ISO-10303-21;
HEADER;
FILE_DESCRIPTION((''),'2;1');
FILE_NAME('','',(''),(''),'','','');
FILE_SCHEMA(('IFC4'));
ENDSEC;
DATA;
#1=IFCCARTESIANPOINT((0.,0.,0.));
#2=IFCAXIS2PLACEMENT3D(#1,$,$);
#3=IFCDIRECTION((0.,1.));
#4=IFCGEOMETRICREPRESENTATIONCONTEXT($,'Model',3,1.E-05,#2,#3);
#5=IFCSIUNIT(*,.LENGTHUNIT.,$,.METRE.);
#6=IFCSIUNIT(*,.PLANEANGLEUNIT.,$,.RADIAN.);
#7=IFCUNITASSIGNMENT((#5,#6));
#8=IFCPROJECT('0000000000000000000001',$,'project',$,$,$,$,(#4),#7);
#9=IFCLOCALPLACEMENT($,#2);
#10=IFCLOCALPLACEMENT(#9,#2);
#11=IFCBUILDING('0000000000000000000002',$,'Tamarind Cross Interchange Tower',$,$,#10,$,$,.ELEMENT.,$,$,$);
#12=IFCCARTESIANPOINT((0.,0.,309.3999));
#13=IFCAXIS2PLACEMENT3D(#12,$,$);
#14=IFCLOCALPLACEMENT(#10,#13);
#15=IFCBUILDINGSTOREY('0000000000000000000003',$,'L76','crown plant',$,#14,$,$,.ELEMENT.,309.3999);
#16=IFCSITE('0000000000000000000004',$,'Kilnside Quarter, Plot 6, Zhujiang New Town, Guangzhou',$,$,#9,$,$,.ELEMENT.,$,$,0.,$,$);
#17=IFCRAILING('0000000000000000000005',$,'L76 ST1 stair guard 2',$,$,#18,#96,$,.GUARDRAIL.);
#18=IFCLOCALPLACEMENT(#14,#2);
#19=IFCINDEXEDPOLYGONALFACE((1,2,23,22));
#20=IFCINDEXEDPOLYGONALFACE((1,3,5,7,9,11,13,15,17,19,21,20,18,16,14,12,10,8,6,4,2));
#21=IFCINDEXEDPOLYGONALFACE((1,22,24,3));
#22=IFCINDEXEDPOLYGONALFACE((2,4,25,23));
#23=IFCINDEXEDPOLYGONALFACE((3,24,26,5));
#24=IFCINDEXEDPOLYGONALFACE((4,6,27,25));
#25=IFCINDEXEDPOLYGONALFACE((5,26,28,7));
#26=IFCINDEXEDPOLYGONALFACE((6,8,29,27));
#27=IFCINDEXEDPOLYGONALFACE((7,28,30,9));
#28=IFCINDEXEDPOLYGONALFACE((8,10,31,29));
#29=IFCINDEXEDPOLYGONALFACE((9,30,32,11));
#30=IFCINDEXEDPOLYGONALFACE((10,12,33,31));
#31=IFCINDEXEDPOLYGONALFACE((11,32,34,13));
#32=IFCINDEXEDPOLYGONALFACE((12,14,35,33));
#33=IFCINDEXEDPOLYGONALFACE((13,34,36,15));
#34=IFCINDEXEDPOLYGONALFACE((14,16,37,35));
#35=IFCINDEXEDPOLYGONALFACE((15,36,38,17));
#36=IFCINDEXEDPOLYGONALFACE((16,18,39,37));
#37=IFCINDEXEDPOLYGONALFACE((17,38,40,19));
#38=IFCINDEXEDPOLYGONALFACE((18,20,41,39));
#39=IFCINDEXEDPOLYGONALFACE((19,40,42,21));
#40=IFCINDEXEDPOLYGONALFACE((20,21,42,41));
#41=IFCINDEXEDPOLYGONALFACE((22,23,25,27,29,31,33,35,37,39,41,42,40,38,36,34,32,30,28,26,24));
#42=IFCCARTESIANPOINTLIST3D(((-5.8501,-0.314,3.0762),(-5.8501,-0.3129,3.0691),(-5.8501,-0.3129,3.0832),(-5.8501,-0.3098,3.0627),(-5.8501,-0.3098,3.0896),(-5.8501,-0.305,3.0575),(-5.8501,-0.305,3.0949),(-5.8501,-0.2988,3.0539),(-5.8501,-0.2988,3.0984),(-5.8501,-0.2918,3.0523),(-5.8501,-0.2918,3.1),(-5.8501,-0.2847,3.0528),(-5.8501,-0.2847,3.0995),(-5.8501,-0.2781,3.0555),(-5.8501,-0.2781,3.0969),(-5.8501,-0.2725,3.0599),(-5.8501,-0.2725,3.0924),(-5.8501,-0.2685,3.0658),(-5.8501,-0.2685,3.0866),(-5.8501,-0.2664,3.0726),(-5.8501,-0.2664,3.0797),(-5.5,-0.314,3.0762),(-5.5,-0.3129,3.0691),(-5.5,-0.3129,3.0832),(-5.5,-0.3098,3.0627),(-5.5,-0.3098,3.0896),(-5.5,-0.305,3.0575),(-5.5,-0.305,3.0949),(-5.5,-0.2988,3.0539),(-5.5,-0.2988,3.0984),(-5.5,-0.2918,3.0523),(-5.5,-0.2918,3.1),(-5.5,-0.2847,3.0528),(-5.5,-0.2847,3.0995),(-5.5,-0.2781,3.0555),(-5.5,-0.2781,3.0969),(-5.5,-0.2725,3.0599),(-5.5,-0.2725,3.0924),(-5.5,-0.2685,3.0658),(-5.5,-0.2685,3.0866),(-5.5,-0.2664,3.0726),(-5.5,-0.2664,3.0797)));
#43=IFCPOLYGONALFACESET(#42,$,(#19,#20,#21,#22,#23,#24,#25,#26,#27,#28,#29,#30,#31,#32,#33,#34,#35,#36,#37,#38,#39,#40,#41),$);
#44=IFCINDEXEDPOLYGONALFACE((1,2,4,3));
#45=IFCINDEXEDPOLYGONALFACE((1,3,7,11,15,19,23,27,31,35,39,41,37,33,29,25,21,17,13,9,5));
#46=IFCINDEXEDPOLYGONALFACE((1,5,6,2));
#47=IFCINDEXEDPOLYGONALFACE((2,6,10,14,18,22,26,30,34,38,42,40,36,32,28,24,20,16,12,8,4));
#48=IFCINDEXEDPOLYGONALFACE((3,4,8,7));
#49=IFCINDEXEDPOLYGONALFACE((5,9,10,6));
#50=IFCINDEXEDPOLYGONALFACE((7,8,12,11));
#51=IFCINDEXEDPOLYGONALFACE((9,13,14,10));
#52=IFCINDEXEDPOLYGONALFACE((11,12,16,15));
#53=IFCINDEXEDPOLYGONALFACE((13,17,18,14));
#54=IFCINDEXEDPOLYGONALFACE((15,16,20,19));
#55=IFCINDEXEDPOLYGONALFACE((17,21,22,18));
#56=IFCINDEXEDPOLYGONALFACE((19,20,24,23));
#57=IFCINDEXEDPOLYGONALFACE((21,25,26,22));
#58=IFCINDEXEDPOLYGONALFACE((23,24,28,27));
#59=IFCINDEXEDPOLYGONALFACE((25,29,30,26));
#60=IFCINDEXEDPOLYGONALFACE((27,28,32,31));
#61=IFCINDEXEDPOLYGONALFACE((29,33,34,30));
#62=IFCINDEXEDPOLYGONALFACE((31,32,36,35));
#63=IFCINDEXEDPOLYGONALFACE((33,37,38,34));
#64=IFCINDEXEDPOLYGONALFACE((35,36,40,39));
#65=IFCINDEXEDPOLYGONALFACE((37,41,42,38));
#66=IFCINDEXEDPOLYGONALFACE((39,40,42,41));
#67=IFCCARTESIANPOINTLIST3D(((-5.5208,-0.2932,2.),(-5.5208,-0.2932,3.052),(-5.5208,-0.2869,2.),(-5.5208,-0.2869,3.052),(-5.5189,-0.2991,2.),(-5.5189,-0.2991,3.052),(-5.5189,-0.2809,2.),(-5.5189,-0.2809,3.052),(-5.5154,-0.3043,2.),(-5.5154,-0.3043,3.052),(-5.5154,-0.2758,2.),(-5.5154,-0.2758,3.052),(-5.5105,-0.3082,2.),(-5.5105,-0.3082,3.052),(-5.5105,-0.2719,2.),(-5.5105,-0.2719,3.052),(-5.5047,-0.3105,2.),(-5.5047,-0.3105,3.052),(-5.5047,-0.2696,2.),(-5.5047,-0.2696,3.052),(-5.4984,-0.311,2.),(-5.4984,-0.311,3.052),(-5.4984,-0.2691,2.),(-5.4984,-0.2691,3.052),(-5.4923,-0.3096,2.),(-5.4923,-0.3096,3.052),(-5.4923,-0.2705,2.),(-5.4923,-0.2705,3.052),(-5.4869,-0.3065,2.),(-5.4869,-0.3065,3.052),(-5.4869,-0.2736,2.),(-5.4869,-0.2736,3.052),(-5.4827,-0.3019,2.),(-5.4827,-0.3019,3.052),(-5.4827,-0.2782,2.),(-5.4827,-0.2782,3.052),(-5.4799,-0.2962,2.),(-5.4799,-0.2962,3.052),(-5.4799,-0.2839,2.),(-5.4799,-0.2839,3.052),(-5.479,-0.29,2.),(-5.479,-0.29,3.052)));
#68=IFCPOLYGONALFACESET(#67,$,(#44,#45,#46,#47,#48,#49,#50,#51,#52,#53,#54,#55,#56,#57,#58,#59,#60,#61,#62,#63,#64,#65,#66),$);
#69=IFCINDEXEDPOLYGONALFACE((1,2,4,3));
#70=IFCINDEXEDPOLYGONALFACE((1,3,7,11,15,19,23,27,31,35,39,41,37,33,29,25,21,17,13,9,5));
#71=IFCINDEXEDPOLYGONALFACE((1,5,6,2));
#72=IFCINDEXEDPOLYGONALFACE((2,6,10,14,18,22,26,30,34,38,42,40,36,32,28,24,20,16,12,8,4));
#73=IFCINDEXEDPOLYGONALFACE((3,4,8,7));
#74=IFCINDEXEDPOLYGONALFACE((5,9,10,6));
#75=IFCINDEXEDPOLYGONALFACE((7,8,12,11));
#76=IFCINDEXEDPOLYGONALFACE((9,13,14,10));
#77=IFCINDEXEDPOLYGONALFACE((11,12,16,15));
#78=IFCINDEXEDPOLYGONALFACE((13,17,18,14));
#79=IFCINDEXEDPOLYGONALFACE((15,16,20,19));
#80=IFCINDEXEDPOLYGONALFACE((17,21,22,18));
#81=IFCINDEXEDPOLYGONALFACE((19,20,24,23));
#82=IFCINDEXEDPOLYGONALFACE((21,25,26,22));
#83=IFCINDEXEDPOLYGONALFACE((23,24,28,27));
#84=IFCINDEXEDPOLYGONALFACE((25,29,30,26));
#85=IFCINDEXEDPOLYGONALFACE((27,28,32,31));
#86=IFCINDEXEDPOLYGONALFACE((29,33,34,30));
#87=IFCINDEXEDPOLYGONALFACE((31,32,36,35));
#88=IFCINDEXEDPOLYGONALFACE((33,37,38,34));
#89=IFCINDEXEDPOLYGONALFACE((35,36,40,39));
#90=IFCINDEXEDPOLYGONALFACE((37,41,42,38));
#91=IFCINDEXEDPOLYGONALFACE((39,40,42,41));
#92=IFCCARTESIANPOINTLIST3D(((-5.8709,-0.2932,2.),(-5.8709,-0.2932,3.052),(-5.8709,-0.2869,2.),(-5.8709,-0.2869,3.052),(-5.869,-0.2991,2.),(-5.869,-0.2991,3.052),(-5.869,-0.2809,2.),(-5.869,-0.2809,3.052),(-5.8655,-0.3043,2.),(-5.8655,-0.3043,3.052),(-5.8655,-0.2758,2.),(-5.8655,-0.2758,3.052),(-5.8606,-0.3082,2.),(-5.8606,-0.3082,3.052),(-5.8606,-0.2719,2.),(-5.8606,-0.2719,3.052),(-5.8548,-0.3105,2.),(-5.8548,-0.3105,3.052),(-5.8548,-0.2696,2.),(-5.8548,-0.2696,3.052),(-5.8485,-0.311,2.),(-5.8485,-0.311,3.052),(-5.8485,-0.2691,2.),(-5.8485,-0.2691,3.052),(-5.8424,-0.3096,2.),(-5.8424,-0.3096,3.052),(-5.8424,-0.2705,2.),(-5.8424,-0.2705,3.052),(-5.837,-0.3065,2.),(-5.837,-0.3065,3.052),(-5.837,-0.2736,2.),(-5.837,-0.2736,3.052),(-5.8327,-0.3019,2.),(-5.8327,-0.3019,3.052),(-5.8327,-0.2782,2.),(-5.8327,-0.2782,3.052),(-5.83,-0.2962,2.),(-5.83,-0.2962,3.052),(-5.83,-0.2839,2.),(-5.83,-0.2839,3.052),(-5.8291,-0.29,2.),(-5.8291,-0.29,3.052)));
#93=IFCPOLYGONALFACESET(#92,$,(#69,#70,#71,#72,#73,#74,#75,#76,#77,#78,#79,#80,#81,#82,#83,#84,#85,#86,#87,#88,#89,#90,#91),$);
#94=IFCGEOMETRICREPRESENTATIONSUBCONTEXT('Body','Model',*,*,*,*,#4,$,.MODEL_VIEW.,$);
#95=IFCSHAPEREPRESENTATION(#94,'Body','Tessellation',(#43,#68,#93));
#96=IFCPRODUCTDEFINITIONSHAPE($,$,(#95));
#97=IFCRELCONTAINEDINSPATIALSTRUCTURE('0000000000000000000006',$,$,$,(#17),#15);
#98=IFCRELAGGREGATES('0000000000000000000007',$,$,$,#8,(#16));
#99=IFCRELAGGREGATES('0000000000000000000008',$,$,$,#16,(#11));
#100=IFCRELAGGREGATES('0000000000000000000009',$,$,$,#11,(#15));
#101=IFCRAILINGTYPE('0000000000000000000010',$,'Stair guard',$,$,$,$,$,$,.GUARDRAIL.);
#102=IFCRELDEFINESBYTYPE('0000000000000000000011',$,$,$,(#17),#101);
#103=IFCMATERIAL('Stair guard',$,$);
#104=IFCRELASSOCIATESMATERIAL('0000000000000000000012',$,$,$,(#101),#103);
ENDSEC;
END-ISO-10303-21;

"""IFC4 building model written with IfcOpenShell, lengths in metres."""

from ifc_helpers import new_model, si_unit, direction, frame, origin, origin_2d, place, context, subcontext, project, spatial, circle, extrude, material, type_object, element, save


model = new_model("IFC4")

# Units and contexts
model_context = context("Model", 3, precision=1e-05, world=origin(), true_north=direction((0.0, 1.0)))
body_context = subcontext(model_context, "Body", "Model", "MODEL_VIEW")
ifc_project = project(units=[si_unit("LENGTHUNIT", "METRE"), si_unit("PLANEANGLEUNIT", "RADIAN")], contexts=[model_context])

# Site, building, storey
site_placement = place(None, origin())
site = spatial("IfcSite", under=ifc_project, at=site_placement, Name="Kilnside Quarter, Plot 6, Zhujiang New Town, Guangzhou", CompositionType="ELEMENT", RefElevation=0.0)
building_placement = place(site_placement, origin())
building = spatial("IfcBuilding", under=site, at=building_placement, Name="Tamarind Cross Interchange Tower", CompositionType="ELEMENT")
storey_placement = place(building_placement, frame((0.0, 0.0, 309.3999)))
storey = spatial("IfcBuildingStorey", under=building, at=storey_placement, Name="L76", Description="crown plant", CompositionType="ELEMENT", Elevation=309.3999)

# Railing
ifc_material_1 = material(Name="Stair guard")
railing_type_1 = type_object("IfcRailingType", Name="Stair guard", PredefinedType="GUARDRAIL", material=ifc_material_1)
railing_1_placement = place(storey_placement, frame((-5.5, -0.29, 2.0)))
element("IfcRailing", 1, at=railing_1_placement, inside=storey, type_object=railing_type_1, Name="L76 ST1 stair guard 2", PredefinedType="GUARDRAIL", context=body_context, shape_type="SweptSolid", body=[
    extrude(circle(Radius=0.0239, at=origin_2d()), frame((0.0, 0.0, 1.0762), z_axis=(-1.0, 0.0, 0.0), x_axis=(0.0, -1.0, 0.0)), (0.0, 0.0, 1.0), 0.3501),
    extrude(circle(Radius=0.021, at=origin_2d()), origin(), (0.0, 0.0, 1.0), 1.052),
    extrude(circle(Radius=0.021, at=origin_2d()), frame((-0.3501, 0.0, 0.0)), (0.0, 0.0, 1.0), 1.052),
])

save(model, "model.ifc")
